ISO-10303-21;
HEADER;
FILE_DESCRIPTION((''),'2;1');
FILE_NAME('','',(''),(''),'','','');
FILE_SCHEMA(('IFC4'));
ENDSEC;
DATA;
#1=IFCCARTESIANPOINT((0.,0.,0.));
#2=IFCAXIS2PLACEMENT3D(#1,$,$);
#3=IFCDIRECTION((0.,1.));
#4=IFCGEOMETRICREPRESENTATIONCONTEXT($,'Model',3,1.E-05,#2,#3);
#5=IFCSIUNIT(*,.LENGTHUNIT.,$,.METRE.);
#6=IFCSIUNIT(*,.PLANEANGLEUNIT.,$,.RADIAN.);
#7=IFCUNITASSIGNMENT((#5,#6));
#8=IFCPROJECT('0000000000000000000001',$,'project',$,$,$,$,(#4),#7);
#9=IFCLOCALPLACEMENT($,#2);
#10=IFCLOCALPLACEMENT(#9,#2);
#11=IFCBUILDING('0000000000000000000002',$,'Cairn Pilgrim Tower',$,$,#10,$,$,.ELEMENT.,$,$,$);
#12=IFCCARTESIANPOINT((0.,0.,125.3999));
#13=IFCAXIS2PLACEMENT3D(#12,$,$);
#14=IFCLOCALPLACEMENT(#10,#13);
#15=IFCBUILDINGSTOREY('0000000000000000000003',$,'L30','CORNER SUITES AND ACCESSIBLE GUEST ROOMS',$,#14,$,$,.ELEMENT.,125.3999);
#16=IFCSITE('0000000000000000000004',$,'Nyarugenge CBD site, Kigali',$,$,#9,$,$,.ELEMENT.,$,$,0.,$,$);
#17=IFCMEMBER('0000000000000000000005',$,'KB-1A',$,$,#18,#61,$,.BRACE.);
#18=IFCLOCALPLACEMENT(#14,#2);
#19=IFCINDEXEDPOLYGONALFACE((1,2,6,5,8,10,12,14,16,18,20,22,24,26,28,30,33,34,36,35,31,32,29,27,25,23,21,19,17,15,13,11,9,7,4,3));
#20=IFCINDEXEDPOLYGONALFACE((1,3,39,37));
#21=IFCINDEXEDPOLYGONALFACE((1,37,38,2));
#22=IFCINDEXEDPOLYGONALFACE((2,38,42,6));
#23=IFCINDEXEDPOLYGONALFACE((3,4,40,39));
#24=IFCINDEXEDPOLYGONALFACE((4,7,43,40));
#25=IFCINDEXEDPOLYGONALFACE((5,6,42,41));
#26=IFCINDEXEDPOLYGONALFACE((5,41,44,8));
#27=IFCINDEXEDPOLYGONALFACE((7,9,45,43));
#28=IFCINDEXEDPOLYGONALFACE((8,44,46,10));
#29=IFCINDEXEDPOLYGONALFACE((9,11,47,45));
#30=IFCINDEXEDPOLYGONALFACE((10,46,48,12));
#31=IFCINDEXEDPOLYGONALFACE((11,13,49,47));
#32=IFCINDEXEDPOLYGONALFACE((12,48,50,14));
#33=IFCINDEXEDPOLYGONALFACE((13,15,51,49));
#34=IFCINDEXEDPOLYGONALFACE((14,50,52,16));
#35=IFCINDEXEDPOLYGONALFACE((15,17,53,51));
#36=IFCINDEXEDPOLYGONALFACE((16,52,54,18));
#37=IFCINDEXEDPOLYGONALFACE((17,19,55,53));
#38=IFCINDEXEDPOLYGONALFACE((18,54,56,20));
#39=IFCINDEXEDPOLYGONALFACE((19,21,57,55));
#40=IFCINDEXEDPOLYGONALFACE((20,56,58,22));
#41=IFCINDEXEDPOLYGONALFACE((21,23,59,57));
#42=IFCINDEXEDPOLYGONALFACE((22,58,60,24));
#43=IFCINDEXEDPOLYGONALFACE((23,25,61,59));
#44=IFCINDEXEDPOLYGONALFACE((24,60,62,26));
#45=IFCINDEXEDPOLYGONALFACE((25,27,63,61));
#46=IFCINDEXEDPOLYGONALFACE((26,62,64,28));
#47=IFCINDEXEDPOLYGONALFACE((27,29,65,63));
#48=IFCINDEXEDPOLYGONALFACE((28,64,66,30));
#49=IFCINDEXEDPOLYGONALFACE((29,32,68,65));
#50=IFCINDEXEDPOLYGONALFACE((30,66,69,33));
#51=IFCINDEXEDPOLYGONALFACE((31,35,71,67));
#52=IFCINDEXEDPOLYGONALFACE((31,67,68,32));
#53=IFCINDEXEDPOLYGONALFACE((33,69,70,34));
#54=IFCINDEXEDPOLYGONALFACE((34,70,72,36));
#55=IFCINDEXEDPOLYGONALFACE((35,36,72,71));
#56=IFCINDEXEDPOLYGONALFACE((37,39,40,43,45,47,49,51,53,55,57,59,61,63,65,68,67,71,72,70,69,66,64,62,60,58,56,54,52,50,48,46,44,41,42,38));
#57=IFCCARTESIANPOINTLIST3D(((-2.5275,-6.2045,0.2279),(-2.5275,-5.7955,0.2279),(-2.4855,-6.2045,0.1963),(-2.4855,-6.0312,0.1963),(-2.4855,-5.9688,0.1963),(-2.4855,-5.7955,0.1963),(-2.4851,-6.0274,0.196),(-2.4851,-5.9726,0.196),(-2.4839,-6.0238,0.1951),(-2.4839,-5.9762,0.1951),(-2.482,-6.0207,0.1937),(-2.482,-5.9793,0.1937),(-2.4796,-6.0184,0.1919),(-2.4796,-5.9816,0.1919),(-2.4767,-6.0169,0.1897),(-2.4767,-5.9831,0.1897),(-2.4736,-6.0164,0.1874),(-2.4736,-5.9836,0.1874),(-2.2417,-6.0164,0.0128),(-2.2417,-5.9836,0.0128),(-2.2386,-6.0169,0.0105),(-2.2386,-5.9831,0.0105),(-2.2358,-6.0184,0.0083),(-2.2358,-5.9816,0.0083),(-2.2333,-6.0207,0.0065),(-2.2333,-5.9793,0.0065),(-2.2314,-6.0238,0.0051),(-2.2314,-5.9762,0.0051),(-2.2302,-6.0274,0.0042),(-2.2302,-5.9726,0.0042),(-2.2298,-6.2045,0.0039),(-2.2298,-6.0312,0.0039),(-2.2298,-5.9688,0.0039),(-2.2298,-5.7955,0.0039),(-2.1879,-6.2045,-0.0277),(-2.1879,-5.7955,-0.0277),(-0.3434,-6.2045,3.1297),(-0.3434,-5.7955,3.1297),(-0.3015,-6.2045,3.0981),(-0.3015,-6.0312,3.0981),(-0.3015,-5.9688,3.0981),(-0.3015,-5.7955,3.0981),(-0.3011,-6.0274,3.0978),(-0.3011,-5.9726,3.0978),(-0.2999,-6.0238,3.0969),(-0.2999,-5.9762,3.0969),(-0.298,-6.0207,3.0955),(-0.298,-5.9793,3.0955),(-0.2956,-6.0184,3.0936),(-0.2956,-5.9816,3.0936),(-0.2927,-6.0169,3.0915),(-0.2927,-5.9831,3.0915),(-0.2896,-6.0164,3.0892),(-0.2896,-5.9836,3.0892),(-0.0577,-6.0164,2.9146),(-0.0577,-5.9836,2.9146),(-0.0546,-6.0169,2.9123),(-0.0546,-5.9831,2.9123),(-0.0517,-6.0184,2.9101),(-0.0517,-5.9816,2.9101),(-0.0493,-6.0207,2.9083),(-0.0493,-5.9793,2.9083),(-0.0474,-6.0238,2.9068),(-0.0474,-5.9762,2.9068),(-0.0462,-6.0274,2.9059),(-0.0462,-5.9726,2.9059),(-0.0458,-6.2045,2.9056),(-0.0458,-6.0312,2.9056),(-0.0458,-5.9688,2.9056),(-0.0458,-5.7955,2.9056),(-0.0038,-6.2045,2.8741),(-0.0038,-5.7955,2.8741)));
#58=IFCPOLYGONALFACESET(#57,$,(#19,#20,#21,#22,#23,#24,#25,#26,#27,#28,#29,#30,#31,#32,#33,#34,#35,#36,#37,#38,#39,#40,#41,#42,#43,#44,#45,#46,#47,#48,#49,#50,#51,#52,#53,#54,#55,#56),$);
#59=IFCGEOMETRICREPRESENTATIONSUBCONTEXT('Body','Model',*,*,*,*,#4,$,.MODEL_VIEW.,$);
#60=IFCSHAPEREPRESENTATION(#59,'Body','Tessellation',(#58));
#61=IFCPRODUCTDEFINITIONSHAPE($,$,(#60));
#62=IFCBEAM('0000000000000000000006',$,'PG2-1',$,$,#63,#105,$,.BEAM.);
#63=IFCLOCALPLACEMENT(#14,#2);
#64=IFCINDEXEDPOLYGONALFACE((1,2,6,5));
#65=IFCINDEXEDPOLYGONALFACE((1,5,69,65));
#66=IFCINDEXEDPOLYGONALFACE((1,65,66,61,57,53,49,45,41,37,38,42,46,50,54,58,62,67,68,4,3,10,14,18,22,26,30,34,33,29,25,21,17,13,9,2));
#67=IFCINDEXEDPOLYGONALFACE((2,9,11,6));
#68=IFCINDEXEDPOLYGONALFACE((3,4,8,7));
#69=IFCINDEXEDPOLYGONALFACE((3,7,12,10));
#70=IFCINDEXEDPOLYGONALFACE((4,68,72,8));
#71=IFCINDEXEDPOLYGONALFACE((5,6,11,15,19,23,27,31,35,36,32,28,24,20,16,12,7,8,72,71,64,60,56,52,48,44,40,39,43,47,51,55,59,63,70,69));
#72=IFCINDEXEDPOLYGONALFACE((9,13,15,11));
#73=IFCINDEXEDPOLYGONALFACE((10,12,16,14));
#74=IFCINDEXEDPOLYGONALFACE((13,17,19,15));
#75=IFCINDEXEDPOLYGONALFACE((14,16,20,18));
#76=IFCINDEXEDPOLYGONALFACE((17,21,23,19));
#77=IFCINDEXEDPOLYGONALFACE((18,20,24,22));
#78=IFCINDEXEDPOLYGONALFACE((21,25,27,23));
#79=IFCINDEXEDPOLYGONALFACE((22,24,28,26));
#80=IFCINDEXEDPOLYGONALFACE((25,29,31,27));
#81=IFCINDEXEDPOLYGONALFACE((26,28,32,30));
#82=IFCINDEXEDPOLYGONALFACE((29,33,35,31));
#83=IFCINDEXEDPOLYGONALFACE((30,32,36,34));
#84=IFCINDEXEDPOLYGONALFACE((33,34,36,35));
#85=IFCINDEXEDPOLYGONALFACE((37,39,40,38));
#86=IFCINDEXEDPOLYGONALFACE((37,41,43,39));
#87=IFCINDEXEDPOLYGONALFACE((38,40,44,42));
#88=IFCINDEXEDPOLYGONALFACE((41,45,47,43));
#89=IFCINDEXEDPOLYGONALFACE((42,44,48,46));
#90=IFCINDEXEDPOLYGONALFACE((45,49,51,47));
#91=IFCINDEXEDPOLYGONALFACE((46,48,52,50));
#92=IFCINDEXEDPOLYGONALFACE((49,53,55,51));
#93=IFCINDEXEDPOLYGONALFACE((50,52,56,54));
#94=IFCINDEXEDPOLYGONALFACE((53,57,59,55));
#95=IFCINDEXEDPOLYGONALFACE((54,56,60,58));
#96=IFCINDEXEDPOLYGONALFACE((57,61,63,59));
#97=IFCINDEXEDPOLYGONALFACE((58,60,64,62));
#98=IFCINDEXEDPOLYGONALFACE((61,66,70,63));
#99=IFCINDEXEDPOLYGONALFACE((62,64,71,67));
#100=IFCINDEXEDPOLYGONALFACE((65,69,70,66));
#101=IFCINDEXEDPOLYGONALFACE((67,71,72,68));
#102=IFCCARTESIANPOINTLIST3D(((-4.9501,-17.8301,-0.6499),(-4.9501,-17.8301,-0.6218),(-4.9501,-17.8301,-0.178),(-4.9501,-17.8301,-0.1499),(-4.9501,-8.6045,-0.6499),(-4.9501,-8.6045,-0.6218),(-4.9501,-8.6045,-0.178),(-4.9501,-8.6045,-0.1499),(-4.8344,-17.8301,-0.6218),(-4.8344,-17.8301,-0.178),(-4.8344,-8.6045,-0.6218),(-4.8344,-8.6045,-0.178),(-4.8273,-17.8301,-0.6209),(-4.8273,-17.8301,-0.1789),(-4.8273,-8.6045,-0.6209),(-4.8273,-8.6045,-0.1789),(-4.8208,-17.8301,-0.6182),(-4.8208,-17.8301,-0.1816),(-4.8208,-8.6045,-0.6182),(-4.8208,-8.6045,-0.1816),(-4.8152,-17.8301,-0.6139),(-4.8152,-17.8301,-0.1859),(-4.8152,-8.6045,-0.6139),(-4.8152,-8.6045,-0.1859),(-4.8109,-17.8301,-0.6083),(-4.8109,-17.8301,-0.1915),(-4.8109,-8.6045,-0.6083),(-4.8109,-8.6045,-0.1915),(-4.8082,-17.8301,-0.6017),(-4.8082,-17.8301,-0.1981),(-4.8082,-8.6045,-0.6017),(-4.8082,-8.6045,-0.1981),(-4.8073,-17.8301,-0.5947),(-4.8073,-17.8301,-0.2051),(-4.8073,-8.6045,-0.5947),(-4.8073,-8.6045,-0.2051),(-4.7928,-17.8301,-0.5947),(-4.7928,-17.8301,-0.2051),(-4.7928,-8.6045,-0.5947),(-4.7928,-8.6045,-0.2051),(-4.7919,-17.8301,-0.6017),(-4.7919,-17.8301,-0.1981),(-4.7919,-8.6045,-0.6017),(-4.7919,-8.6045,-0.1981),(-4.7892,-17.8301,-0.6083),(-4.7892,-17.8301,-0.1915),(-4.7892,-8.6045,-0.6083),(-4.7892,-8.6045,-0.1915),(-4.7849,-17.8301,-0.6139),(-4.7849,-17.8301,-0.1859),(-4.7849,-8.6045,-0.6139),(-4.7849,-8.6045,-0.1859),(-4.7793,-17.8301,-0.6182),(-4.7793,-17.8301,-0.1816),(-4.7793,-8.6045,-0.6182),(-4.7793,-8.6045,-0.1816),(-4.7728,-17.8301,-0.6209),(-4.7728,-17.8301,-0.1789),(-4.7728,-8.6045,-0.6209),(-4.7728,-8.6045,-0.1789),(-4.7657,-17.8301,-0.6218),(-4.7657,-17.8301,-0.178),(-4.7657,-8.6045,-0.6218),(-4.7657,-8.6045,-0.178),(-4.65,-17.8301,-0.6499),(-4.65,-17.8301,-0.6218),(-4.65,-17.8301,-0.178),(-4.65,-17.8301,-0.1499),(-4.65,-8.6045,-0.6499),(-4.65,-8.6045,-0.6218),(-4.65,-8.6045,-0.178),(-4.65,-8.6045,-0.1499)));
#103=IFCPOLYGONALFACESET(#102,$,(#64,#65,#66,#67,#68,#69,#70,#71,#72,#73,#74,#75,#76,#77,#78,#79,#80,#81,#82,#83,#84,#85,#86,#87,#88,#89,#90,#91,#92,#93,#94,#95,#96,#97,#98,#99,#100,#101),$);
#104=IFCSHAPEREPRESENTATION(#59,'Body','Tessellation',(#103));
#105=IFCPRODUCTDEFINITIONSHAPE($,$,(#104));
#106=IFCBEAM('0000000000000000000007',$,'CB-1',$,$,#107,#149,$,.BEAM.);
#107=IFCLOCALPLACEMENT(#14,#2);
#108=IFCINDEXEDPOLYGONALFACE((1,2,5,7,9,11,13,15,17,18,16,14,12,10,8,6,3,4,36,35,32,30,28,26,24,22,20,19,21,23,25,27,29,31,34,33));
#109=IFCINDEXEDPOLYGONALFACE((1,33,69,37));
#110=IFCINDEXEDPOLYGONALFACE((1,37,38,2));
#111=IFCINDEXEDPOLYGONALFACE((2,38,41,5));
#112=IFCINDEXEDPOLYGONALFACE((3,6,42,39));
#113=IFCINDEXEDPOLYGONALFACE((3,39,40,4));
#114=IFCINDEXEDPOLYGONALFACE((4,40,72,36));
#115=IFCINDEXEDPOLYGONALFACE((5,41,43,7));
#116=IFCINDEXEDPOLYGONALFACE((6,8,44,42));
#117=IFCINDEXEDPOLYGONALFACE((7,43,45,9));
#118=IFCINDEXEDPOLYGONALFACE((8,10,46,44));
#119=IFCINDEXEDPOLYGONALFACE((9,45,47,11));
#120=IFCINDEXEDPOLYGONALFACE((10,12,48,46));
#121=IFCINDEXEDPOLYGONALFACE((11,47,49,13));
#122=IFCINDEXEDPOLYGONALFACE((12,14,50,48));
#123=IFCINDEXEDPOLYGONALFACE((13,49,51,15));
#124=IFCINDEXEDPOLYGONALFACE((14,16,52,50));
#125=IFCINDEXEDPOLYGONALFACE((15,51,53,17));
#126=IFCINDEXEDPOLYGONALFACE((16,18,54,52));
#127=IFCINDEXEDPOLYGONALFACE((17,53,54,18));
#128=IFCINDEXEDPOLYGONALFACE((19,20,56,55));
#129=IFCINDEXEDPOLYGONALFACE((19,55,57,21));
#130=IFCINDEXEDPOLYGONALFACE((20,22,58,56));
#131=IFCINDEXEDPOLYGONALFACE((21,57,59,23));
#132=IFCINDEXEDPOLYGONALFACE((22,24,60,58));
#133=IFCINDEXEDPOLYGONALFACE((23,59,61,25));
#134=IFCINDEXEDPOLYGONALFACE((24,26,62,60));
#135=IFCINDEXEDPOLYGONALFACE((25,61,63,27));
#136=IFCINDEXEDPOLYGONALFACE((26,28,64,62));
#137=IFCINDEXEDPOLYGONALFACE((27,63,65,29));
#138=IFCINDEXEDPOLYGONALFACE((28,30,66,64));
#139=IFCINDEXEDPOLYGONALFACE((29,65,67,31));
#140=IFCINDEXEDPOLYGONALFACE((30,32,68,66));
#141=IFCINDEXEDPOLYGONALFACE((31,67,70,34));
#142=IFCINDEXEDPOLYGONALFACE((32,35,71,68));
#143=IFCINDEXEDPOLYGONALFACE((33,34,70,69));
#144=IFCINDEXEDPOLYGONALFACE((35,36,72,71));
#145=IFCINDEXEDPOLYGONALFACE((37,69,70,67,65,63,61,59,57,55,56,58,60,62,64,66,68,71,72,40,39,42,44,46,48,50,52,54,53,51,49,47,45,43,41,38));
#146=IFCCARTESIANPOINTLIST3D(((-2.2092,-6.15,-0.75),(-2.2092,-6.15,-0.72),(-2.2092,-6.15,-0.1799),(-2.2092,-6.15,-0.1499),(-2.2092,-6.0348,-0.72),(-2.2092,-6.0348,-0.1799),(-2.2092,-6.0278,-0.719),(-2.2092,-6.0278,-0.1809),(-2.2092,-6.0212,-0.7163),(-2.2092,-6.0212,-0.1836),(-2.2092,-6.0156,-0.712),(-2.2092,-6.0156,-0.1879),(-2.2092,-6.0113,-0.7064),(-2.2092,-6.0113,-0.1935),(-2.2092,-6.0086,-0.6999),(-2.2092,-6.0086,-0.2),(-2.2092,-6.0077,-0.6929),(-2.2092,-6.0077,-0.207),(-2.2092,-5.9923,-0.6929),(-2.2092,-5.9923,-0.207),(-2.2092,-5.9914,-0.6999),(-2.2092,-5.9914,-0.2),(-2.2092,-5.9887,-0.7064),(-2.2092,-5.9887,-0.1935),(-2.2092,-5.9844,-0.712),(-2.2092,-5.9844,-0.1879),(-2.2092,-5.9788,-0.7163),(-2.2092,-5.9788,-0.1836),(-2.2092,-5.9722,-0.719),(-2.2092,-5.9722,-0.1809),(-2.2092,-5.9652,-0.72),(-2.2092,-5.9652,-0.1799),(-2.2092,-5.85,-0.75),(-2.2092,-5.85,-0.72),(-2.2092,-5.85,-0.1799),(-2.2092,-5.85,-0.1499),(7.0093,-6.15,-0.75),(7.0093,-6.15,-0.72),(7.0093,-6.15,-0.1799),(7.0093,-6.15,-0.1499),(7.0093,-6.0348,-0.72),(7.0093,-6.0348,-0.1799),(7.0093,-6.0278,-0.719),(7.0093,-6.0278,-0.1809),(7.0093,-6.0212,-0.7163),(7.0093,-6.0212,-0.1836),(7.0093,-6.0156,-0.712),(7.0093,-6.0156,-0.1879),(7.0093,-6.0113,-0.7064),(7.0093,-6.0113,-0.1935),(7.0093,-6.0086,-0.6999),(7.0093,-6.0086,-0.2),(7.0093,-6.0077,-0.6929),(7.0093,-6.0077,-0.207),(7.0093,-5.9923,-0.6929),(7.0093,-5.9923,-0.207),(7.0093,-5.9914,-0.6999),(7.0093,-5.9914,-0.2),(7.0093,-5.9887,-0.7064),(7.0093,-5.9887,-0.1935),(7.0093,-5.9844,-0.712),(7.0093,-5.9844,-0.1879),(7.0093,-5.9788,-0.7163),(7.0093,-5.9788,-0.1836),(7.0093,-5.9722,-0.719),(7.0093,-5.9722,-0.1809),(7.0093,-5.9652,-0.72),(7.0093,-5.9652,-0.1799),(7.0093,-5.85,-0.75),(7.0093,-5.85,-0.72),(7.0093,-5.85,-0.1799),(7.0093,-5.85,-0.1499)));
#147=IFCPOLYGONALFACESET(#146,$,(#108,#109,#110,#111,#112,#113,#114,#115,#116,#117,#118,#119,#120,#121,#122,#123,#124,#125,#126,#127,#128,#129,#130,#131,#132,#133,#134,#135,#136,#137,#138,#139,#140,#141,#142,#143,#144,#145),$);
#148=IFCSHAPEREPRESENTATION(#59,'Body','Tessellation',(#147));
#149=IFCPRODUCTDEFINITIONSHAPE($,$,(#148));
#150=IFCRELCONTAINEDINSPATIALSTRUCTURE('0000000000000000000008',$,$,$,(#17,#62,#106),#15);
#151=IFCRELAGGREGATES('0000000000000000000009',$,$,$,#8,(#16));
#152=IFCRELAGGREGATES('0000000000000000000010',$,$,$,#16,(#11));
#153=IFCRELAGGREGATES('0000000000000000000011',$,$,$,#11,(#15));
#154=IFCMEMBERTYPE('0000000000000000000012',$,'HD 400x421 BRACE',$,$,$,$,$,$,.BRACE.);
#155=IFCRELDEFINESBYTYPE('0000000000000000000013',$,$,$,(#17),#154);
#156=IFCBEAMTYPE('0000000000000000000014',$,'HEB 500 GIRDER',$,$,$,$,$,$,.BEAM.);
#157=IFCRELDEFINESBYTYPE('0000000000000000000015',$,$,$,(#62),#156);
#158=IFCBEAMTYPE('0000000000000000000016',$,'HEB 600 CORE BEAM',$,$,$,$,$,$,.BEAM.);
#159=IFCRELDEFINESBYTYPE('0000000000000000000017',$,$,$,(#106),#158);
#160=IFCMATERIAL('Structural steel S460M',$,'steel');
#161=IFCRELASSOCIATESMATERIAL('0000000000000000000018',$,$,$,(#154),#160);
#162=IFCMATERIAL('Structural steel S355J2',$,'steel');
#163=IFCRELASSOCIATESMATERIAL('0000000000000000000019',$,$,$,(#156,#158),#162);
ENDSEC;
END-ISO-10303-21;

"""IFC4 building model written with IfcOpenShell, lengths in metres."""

from ifc_helpers import new_model, si_unit, direction, frame, origin, origin_2d, place, context, subcontext, project, spatial, i_section, extrude, material, material_profile, profile_set, type_object, element, save


model = new_model("IFC4")

# Units and contexts
model_context = context("Model", 3, precision=1e-05, world=origin(), true_north=direction((0.0, 1.0)))
body_context = subcontext(model_context, "Body", "Model", "MODEL_VIEW")
ifc_project = project(units=[si_unit("LENGTHUNIT", "METRE"), si_unit("PLANEANGLEUNIT", "RADIAN")], contexts=[model_context])

# Site, building, storey
site_placement = place(None, origin())
site = spatial("IfcSite", under=ifc_project, at=site_placement, Name="Nyarugenge CBD site, Kigali", CompositionType="ELEMENT", RefElevation=0.0)
building_placement = place(site_placement, origin())
building = spatial("IfcBuilding", under=site, at=building_placement, Name="Cairn Pilgrim Tower", CompositionType="ELEMENT")
storey_placement = place(building_placement, frame((0.0, 0.0, 125.3999)))
storey = spatial("IfcBuildingStorey", under=building, at=storey_placement, Name="L30", Description="CORNER SUITES AND ACCESSIBLE GUEST ROOMS", CompositionType="ELEMENT", Elevation=125.3999)

# Shared definitions
ifc_material_1 = material(Name="Structural steel S460M", Category="steel")

# Member
ifc_material_profile_1 = material_profile(ifc_material_1, i_section(OverallWidth=0.4089, OverallDepth=0.425, WebThickness=0.0327, FlangeThickness=0.0525, FilletRadius=0.0149, at=origin_2d()), Name="HD 400x421")
ifc_profile_set_1 = profile_set([ifc_material_profile_1], Name="Structural steel S460M")
member_type_1 = type_object("IfcMemberType", Name="HD 400x421 BRACE", PredefinedType="BRACE", material=ifc_profile_set_1)
member_1_placement = place(storey_placement, frame((-2.3577, -6.0, 0.1001), z_axis=(0.601354, 0.0, 0.798982), x_axis=(0.0, 1.0, 0.0)))
element("IfcMember", 1, at=member_1_placement, inside=storey, type_object=member_type_1, Name="KB-1A", PredefinedType="BRACE", context=body_context, shape_type="SweptSolid", body=[
    extrude(i_section(OverallWidth=0.4089, OverallDepth=0.425, WebThickness=0.0327, FlangeThickness=0.0525, FilletRadius=0.0149, at=origin_2d()), origin(), (0.0, 0.0, 1.0), 3.6318),
])

# Beams
ifc_material_2 = material(Name="Structural steel S355J2", Category="steel")
ifc_material_profile_2 = material_profile(ifc_material_2, i_section(OverallWidth=0.3, OverallDepth=0.5, WebThickness=0.0144, FlangeThickness=0.0281, FilletRadius=0.0271, at=origin_2d()), Name="HEB 500")
ifc_profile_set_2 = profile_set([ifc_material_profile_2], Name="Structural steel S355J2")
beam_type_1 = type_object("IfcBeamType", Name="HEB 500 GIRDER", PredefinedType="BEAM", material=ifc_profile_set_2)
beam_1_placement = place(storey_placement, frame((-4.8, -17.8301, -0.3999), z_axis=(0.0, 1.0, 0.0), x_axis=(-1.0, 0.0, 0.0)))
element("IfcBeam", 2, at=beam_1_placement, inside=storey, type_object=beam_type_1, Name="PG2-1", PredefinedType="BEAM", context=body_context, shape_type="SweptSolid", body=[
    extrude(i_section(OverallWidth=0.3, OverallDepth=0.5, WebThickness=0.0144, FlangeThickness=0.0281, FilletRadius=0.0271, at=origin_2d()), origin(), (0.0, 0.0, 1.0), 9.2256),
])
ifc_material_profile_3 = material_profile(ifc_material_2, i_section(OverallWidth=0.3, OverallDepth=0.6001, WebThickness=0.0154, FlangeThickness=0.03, FilletRadius=0.0271, at=origin_2d()), Name="HEB 600")
ifc_profile_set_3 = profile_set([ifc_material_profile_3], Name="Structural steel S355J2")
beam_type_2 = type_object("IfcBeamType", Name="HEB 600 CORE BEAM", PredefinedType="BEAM", material=ifc_profile_set_3)
beam_2_placement = place(storey_placement, frame((-2.2092, -6.0, -0.45), z_axis=(1.0, 0.0, 0.0), x_axis=(0.0, 1.0, 0.0)))
element("IfcBeam", 3, at=beam_2_placement, inside=storey, type_object=beam_type_2, Name="CB-1", PredefinedType="BEAM", context=body_context, shape_type="SweptSolid", body=[
    extrude(i_section(OverallWidth=0.3, OverallDepth=0.6001, WebThickness=0.0154, FlangeThickness=0.03, FilletRadius=0.0271, at=origin_2d()), origin(), (0.0, 0.0, 1.0), 9.2185),
])

save(model, "model.ifc")
